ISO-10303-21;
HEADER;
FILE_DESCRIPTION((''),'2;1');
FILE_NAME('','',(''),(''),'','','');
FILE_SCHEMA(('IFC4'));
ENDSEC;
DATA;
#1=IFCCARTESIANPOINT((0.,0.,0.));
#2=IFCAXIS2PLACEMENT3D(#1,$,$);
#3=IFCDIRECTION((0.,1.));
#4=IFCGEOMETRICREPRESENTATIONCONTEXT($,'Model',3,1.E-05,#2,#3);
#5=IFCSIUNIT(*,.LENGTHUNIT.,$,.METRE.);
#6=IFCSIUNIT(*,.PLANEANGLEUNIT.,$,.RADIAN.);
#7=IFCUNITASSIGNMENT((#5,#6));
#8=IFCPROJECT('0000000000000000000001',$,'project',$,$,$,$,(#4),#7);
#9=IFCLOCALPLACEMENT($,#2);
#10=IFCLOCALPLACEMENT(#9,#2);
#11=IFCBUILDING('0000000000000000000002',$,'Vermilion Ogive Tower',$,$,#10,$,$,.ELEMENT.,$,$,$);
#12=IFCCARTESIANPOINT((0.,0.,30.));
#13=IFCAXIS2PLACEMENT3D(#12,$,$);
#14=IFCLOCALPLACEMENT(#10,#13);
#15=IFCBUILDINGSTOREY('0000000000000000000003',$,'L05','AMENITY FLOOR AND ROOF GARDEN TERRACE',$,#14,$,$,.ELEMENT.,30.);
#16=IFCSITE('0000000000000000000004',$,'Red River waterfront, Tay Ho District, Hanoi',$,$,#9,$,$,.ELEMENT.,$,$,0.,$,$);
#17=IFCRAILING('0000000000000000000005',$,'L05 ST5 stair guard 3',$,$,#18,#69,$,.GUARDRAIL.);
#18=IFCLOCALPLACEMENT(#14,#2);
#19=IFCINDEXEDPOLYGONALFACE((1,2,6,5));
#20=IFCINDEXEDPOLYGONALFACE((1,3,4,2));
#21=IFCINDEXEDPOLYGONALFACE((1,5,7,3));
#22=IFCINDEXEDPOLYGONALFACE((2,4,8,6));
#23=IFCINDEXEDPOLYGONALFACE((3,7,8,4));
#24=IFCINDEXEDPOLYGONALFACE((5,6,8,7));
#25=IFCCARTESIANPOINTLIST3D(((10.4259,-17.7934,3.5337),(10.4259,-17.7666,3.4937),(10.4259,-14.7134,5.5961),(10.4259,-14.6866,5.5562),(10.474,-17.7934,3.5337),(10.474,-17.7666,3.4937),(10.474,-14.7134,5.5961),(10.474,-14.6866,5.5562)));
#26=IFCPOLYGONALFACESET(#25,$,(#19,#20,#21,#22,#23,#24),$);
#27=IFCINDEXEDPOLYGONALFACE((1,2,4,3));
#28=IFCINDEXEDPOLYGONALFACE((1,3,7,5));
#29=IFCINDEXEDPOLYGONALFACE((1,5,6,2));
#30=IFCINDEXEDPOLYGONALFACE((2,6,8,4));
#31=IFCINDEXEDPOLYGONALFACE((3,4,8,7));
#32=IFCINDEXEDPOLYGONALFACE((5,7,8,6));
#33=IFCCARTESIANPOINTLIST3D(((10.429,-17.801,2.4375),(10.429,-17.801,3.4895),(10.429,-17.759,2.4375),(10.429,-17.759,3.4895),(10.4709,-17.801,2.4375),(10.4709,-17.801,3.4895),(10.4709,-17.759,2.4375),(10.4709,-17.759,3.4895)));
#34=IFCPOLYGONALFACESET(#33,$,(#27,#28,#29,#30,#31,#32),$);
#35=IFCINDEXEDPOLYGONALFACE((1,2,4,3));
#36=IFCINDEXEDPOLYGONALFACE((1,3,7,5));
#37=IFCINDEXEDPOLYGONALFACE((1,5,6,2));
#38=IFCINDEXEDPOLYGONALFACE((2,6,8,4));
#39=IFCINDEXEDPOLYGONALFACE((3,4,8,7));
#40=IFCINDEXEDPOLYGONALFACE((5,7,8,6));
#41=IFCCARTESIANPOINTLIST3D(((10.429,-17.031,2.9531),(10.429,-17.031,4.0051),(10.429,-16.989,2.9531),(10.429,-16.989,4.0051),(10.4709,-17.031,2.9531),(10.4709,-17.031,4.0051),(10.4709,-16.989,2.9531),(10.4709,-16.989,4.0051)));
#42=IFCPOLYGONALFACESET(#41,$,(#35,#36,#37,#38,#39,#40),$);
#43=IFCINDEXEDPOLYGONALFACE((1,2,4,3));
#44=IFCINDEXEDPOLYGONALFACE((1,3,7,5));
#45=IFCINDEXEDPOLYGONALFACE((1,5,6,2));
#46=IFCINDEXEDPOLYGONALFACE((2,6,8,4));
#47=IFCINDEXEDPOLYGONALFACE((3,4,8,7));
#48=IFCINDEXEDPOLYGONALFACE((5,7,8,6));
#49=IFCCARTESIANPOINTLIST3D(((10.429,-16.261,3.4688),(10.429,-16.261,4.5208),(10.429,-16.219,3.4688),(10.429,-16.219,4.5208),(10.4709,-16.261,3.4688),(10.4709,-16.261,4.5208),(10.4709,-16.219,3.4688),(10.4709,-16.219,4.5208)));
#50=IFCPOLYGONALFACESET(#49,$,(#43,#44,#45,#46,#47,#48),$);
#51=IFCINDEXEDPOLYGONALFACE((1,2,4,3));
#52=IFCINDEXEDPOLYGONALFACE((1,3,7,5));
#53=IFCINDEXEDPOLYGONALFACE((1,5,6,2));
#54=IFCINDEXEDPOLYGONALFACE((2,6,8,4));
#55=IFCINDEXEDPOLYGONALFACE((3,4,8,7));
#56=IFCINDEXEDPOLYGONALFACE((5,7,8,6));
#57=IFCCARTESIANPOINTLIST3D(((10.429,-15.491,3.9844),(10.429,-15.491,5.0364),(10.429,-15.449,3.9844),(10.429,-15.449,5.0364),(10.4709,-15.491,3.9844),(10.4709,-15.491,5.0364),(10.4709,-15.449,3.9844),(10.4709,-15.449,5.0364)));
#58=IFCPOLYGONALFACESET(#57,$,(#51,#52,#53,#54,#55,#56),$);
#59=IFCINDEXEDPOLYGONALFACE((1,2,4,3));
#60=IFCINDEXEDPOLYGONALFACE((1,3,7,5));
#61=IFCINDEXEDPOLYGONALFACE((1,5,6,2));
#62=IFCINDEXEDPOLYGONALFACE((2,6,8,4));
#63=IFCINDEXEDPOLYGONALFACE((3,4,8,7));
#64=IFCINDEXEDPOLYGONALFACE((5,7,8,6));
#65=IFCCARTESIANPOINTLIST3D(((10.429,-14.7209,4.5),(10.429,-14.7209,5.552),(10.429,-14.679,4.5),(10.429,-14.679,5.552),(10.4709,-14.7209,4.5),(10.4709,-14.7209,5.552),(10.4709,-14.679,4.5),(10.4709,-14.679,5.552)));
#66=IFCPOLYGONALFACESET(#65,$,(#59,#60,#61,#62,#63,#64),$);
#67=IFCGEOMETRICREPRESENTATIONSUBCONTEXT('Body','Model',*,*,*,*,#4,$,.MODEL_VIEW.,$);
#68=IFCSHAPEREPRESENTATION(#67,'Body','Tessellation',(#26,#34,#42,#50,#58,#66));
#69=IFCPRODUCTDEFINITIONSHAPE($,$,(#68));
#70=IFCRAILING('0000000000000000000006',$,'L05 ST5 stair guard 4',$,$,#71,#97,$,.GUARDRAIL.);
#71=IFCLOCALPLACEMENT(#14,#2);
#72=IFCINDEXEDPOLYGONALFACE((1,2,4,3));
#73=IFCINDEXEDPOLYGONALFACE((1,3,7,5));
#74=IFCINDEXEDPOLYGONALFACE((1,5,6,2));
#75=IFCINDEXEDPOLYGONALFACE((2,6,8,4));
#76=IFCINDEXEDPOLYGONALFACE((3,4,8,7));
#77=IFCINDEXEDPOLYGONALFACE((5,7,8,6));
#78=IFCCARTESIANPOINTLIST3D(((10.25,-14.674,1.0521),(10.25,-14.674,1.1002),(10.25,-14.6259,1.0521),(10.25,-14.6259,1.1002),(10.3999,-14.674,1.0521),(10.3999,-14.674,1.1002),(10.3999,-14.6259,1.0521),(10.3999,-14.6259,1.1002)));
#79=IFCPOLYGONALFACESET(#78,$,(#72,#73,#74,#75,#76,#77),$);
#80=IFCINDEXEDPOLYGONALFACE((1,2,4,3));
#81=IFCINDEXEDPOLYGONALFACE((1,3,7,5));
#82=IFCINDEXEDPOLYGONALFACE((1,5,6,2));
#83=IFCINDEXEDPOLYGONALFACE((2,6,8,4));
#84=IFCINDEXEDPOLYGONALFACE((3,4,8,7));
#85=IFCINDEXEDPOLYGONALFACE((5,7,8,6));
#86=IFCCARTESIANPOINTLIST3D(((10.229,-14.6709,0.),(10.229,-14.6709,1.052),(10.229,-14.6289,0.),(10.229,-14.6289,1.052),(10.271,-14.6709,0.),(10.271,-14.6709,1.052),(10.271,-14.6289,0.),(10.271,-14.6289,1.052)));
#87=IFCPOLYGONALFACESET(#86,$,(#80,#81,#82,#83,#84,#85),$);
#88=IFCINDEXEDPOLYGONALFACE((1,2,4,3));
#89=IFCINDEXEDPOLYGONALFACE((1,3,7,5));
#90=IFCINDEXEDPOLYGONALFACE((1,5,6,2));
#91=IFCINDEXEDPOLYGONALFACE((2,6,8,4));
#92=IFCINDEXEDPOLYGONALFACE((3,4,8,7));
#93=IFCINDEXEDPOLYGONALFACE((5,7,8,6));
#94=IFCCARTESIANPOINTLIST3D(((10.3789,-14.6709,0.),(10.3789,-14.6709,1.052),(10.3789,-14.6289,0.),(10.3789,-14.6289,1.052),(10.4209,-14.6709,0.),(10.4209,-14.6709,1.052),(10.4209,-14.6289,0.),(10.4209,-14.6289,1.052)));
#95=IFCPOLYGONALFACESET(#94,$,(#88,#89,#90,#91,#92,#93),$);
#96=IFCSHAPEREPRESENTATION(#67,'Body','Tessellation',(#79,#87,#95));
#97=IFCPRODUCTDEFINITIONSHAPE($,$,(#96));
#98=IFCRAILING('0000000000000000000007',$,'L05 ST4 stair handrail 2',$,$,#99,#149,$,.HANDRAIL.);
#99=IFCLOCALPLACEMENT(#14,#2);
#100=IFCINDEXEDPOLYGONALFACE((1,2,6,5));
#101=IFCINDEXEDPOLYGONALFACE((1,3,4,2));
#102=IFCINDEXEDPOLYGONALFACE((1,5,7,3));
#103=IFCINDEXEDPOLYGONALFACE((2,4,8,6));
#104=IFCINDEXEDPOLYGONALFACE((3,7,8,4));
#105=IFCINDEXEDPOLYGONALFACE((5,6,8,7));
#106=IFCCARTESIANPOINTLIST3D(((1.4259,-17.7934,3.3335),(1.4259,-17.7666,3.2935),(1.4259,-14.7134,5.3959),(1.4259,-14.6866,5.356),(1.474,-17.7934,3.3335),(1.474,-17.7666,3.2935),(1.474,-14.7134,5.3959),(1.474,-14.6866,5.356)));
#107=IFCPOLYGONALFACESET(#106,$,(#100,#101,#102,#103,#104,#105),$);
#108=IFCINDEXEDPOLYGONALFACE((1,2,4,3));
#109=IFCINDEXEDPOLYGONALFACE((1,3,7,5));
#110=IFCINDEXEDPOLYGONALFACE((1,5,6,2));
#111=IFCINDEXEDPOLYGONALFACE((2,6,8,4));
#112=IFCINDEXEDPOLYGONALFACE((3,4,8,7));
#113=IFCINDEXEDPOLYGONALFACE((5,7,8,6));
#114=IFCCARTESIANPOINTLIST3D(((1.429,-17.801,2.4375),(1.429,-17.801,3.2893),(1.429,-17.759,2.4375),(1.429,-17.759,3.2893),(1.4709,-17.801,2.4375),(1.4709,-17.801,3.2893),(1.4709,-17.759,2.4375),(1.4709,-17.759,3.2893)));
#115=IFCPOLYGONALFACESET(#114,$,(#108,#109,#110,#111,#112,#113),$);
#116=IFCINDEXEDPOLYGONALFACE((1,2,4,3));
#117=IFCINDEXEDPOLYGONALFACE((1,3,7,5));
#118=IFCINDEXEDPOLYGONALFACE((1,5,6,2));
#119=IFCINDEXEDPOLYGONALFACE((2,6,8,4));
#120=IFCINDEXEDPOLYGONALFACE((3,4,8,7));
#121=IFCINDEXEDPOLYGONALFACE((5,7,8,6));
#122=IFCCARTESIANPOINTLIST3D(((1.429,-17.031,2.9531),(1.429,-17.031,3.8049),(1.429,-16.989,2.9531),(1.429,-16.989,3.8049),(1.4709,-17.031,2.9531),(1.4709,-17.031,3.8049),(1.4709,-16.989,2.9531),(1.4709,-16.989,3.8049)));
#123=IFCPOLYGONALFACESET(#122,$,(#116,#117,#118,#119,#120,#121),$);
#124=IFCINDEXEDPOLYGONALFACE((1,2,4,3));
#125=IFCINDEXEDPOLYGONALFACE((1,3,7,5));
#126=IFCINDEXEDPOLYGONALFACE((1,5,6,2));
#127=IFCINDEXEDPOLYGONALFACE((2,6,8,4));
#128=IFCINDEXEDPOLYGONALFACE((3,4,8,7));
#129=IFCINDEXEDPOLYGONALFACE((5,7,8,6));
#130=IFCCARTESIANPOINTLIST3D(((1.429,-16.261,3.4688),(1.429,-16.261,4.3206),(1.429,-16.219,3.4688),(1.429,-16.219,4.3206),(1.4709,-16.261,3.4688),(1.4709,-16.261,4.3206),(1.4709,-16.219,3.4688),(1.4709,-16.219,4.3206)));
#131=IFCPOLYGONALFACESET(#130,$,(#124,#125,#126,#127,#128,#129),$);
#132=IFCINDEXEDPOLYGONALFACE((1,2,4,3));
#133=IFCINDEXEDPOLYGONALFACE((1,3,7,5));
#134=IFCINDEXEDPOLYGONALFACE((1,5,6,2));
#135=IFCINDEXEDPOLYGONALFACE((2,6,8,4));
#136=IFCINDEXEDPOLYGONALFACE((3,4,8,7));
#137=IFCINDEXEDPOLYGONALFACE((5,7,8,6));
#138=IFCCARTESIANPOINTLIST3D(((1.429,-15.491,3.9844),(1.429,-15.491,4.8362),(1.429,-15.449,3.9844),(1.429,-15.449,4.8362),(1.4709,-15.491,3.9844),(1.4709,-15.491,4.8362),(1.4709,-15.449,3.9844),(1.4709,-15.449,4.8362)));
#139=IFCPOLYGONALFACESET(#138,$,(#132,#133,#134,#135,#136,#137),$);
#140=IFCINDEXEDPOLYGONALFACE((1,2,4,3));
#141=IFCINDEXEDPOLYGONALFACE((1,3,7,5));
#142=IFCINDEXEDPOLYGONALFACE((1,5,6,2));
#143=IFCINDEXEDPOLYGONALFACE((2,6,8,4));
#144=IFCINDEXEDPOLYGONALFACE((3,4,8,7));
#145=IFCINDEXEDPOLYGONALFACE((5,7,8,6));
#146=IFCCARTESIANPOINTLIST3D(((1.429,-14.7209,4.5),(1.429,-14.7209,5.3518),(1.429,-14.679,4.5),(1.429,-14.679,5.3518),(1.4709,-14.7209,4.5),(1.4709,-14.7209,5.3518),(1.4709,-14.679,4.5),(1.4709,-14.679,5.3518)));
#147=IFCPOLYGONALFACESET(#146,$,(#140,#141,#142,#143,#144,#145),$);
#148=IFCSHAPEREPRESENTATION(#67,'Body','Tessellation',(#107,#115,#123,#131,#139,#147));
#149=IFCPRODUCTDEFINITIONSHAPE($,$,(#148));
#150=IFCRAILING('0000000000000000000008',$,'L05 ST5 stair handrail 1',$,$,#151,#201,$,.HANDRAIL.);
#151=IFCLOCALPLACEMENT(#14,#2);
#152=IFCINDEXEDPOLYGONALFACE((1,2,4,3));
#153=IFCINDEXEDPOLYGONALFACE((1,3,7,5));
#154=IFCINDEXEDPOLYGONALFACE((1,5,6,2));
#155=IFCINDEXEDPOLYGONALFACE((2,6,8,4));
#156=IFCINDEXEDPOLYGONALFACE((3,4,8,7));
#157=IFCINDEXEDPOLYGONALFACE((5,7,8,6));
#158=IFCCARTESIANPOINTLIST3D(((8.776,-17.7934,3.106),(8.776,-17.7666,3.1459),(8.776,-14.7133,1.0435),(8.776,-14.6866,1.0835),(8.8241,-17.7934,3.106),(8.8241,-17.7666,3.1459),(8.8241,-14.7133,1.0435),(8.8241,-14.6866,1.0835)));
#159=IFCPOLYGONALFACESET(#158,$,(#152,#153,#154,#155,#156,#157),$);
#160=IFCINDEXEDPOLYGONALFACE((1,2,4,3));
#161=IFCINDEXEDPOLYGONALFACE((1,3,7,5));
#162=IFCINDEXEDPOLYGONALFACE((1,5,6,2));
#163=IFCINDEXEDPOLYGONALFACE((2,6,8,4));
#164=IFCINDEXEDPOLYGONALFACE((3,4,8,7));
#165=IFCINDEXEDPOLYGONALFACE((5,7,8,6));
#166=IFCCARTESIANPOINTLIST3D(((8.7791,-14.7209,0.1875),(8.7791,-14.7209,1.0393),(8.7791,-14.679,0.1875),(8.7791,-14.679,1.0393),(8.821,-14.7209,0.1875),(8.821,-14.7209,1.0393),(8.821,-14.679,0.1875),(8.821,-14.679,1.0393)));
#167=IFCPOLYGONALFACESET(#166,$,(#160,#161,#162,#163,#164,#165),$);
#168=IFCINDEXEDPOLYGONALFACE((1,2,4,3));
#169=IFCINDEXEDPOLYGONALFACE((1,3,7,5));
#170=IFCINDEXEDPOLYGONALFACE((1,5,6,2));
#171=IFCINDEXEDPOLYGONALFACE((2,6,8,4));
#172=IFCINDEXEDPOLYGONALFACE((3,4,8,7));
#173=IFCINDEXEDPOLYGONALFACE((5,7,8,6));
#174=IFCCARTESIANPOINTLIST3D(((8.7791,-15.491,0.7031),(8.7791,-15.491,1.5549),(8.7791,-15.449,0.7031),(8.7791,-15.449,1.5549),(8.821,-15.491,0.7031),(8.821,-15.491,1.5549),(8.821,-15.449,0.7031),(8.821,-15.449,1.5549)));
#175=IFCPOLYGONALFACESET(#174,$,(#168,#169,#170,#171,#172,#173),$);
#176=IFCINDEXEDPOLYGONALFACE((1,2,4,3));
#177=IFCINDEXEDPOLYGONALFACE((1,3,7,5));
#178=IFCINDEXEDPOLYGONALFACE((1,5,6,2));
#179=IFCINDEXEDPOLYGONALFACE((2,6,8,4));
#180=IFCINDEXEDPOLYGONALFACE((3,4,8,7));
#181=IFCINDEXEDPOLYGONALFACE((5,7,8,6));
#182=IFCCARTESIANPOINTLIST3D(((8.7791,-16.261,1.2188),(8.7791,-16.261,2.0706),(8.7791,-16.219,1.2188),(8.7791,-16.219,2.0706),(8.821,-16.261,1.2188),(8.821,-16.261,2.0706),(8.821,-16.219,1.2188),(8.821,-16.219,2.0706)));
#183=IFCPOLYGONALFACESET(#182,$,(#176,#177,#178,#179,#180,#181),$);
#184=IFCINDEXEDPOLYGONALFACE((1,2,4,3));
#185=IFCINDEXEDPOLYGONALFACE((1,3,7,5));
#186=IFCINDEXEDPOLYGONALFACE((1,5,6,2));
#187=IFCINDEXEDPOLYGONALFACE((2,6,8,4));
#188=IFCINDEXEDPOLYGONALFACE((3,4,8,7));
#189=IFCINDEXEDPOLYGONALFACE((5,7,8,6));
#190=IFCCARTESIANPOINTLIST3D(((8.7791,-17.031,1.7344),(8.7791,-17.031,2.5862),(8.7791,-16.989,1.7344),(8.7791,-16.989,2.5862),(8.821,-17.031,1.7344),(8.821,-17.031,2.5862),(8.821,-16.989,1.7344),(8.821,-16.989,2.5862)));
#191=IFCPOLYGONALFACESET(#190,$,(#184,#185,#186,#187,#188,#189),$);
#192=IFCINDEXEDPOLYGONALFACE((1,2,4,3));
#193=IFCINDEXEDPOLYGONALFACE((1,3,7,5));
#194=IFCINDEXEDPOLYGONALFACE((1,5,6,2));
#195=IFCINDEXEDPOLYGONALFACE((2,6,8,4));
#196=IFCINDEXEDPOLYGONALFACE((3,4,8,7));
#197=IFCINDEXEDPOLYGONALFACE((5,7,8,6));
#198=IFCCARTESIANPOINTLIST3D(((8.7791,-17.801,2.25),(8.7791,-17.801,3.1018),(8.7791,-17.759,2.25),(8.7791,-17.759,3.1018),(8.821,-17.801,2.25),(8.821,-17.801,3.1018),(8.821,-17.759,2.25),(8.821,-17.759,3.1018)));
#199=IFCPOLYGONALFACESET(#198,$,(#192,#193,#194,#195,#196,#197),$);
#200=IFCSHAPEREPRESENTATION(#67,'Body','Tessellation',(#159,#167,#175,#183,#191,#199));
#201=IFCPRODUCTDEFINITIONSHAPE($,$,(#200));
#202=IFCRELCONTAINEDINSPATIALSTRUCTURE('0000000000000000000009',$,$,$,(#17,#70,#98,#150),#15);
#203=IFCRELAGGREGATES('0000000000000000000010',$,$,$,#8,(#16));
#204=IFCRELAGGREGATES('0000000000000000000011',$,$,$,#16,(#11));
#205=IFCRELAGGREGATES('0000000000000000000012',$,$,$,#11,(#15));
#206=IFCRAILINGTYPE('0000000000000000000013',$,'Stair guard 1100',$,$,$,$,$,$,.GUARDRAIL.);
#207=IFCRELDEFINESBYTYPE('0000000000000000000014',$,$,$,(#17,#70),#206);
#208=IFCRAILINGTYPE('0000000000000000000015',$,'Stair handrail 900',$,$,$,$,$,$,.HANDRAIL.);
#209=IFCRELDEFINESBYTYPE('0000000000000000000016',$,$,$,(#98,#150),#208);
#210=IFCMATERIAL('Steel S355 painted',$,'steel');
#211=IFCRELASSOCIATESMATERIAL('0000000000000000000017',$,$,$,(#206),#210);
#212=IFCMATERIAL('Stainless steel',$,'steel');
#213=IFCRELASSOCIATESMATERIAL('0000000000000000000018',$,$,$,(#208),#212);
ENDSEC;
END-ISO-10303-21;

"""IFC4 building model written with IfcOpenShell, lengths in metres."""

from ifc_helpers import new_model, si_unit, direction, frame, origin, origin_2d, place, context, subcontext, project, spatial, rectangle, extrude, material, type_object, element, save


model = new_model("IFC4")

# Units and contexts
model_context = context("Model", 3, precision=1e-05, world=origin(), true_north=direction((0.0, 1.0)))
body_context = subcontext(model_context, "Body", "Model", "MODEL_VIEW")
ifc_project = project(units=[si_unit("LENGTHUNIT", "METRE"), si_unit("PLANEANGLEUNIT", "RADIAN")], contexts=[model_context])

# Site, building, storey
site_placement = place(None, origin())
site = spatial("IfcSite", under=ifc_project, at=site_placement, Name="Red River waterfront, Tay Ho District, Hanoi", CompositionType="ELEMENT", RefElevation=0.0)
building_placement = place(site_placement, origin())
building = spatial("IfcBuilding", under=site, at=building_placement, Name="Vermilion Ogive Tower", CompositionType="ELEMENT")
storey_placement = place(building_placement, frame((0.0, 0.0, 30.0)))
storey = spatial("IfcBuildingStorey", under=building, at=storey_placement, Name="L05", Description="AMENITY FLOOR AND ROOF GARDEN TERRACE", CompositionType="ELEMENT", Elevation=30.0)

# Railings
ifc_material_1 = material(Name="Steel S355 painted", Category="steel")
railing_type_1 = type_object("IfcRailingType", Name="Stair guard 1100", PredefinedType="GUARDRAIL", material=ifc_material_1)
railing_1_placement = place(storey_placement, frame((10.45, -17.78, 2.4375)))
element("IfcRailing", 1, at=railing_1_placement, inside=storey, type_object=railing_type_1, Name="L05 ST5 stair guard 3", PredefinedType="GUARDRAIL", context=body_context, shape_type="SweptSolid", body=[
    extrude(rectangle(XDim=0.0481, YDim=0.0481, at=origin_2d()), frame((0.0, 0.0, 1.0762), z_axis=(0.0, 0.830914, 0.556401), x_axis=(-1.0, 0.0, 0.0)), (0.0, 0.0, 1.0), 3.7068),
    extrude(rectangle(XDim=0.042, YDim=0.042, at=origin_2d()), origin(), (0.0, 0.0, 1.0), 1.052),
    extrude(rectangle(XDim=0.042, YDim=0.042, at=origin_2d()), frame((0.0, 0.77, 0.5156)), (0.0, 0.0, 1.0), 1.052),
    extrude(rectangle(XDim=0.042, YDim=0.042, at=origin_2d()), frame((0.0, 1.54, 1.0312)), (0.0, 0.0, 1.0), 1.052),
    extrude(rectangle(XDim=0.042, YDim=0.042, at=origin_2d()), frame((0.0, 2.3101, 1.5469)), (0.0, 0.0, 1.0), 1.052),
    extrude(rectangle(XDim=0.042, YDim=0.042, at=origin_2d()), frame((0.0, 3.0801, 2.0625)), (0.0, 0.0, 1.0), 1.052),
])
railing_2_placement = place(storey_placement, frame((10.25, -14.6499, 0.0)))
element("IfcRailing", 2, at=railing_2_placement, inside=storey, type_object=railing_type_1, Name="L05 ST5 stair guard 4", PredefinedType="GUARDRAIL", context=body_context, shape_type="SweptSolid", body=[
    extrude(rectangle(XDim=0.0481, YDim=0.0481, at=origin_2d()), frame((0.0, 0.0, 1.0762), z_axis=(1.0, 0.0, 0.0), x_axis=(0.0, 1.0, 0.0)), (0.0, 0.0, 1.0), 0.1499),
    extrude(rectangle(XDim=0.042, YDim=0.042, at=origin_2d()), origin(), (0.0, 0.0, 1.0), 1.052),
    extrude(rectangle(XDim=0.042, YDim=0.042, at=origin_2d()), frame((0.1499, 0.0, 0.0)), (0.0, 0.0, 1.0), 1.052),
])
ifc_material_2 = material(Name="Stainless steel", Category="steel")
railing_type_2 = type_object("IfcRailingType", Name="Stair handrail 900", PredefinedType="HANDRAIL", material=ifc_material_2)
railing_3_placement = place(storey_placement, frame((1.45, -17.78, 2.4375)))
element("IfcRailing", 3, at=railing_3_placement, inside=storey, type_object=railing_type_2, Name="L05 ST4 stair handrail 2", PredefinedType="HANDRAIL", context=body_context, shape_type="SweptSolid", body=[
    extrude(rectangle(XDim=0.0481, YDim=0.0481, at=origin_2d()), frame((0.0, 0.0, 0.876), z_axis=(0.0, 0.830914, 0.556401), x_axis=(-1.0, 0.0, 0.0)), (0.0, 0.0, 1.0), 3.7068),
    extrude(rectangle(XDim=0.042, YDim=0.042, at=origin_2d()), origin(), (0.0, 0.0, 1.0), 0.8518),
    extrude(rectangle(XDim=0.042, YDim=0.042, at=origin_2d()), frame((0.0, 0.77, 0.5156)), (0.0, 0.0, 1.0), 0.8518),
    extrude(rectangle(XDim=0.042, YDim=0.042, at=origin_2d()), frame((0.0, 1.54, 1.0312)), (0.0, 0.0, 1.0), 0.8518),
    extrude(rectangle(XDim=0.042, YDim=0.042, at=origin_2d()), frame((0.0, 2.3101, 1.5469)), (0.0, 0.0, 1.0), 0.8518),
    extrude(rectangle(XDim=0.042, YDim=0.042, at=origin_2d()), frame((0.0, 3.0801, 2.0625)), (0.0, 0.0, 1.0), 0.8518),
])
railing_4_placement = place(storey_placement, frame((8.8, -14.7, 0.1875)))
element("IfcRailing", 4, at=railing_4_placement, inside=storey, type_object=railing_type_2, Name="L05 ST5 stair handrail 1", PredefinedType="HANDRAIL", context=body_context, shape_type="SweptSolid", body=[
    extrude(rectangle(XDim=0.0481, YDim=0.0481, at=origin_2d()), frame((0.0, 0.0, 0.876), z_axis=(0.0, -0.830914, 0.556401), x_axis=(1.0, 0.0, 0.0)), (0.0, 0.0, 1.0), 3.7068),
    extrude(rectangle(XDim=0.042, YDim=0.042, at=origin_2d()), origin(), (0.0, 0.0, 1.0), 0.8518),
    extrude(rectangle(XDim=0.042, YDim=0.042, at=origin_2d()), frame((0.0, -0.77, 0.5156)), (0.0, 0.0, 1.0), 0.8518),
    extrude(rectangle(XDim=0.042, YDim=0.042, at=origin_2d()), frame((0.0, -1.54, 1.0312)), (0.0, 0.0, 1.0), 0.8518),
    extrude(rectangle(XDim=0.042, YDim=0.042, at=origin_2d()), frame((0.0, -2.3101, 1.5469)), (0.0, 0.0, 1.0), 0.8518),
    extrude(rectangle(XDim=0.042, YDim=0.042, at=origin_2d()), frame((0.0, -3.0801, 2.0625)), (0.0, 0.0, 1.0), 0.8518),
])

save(model, "model.ifc")
